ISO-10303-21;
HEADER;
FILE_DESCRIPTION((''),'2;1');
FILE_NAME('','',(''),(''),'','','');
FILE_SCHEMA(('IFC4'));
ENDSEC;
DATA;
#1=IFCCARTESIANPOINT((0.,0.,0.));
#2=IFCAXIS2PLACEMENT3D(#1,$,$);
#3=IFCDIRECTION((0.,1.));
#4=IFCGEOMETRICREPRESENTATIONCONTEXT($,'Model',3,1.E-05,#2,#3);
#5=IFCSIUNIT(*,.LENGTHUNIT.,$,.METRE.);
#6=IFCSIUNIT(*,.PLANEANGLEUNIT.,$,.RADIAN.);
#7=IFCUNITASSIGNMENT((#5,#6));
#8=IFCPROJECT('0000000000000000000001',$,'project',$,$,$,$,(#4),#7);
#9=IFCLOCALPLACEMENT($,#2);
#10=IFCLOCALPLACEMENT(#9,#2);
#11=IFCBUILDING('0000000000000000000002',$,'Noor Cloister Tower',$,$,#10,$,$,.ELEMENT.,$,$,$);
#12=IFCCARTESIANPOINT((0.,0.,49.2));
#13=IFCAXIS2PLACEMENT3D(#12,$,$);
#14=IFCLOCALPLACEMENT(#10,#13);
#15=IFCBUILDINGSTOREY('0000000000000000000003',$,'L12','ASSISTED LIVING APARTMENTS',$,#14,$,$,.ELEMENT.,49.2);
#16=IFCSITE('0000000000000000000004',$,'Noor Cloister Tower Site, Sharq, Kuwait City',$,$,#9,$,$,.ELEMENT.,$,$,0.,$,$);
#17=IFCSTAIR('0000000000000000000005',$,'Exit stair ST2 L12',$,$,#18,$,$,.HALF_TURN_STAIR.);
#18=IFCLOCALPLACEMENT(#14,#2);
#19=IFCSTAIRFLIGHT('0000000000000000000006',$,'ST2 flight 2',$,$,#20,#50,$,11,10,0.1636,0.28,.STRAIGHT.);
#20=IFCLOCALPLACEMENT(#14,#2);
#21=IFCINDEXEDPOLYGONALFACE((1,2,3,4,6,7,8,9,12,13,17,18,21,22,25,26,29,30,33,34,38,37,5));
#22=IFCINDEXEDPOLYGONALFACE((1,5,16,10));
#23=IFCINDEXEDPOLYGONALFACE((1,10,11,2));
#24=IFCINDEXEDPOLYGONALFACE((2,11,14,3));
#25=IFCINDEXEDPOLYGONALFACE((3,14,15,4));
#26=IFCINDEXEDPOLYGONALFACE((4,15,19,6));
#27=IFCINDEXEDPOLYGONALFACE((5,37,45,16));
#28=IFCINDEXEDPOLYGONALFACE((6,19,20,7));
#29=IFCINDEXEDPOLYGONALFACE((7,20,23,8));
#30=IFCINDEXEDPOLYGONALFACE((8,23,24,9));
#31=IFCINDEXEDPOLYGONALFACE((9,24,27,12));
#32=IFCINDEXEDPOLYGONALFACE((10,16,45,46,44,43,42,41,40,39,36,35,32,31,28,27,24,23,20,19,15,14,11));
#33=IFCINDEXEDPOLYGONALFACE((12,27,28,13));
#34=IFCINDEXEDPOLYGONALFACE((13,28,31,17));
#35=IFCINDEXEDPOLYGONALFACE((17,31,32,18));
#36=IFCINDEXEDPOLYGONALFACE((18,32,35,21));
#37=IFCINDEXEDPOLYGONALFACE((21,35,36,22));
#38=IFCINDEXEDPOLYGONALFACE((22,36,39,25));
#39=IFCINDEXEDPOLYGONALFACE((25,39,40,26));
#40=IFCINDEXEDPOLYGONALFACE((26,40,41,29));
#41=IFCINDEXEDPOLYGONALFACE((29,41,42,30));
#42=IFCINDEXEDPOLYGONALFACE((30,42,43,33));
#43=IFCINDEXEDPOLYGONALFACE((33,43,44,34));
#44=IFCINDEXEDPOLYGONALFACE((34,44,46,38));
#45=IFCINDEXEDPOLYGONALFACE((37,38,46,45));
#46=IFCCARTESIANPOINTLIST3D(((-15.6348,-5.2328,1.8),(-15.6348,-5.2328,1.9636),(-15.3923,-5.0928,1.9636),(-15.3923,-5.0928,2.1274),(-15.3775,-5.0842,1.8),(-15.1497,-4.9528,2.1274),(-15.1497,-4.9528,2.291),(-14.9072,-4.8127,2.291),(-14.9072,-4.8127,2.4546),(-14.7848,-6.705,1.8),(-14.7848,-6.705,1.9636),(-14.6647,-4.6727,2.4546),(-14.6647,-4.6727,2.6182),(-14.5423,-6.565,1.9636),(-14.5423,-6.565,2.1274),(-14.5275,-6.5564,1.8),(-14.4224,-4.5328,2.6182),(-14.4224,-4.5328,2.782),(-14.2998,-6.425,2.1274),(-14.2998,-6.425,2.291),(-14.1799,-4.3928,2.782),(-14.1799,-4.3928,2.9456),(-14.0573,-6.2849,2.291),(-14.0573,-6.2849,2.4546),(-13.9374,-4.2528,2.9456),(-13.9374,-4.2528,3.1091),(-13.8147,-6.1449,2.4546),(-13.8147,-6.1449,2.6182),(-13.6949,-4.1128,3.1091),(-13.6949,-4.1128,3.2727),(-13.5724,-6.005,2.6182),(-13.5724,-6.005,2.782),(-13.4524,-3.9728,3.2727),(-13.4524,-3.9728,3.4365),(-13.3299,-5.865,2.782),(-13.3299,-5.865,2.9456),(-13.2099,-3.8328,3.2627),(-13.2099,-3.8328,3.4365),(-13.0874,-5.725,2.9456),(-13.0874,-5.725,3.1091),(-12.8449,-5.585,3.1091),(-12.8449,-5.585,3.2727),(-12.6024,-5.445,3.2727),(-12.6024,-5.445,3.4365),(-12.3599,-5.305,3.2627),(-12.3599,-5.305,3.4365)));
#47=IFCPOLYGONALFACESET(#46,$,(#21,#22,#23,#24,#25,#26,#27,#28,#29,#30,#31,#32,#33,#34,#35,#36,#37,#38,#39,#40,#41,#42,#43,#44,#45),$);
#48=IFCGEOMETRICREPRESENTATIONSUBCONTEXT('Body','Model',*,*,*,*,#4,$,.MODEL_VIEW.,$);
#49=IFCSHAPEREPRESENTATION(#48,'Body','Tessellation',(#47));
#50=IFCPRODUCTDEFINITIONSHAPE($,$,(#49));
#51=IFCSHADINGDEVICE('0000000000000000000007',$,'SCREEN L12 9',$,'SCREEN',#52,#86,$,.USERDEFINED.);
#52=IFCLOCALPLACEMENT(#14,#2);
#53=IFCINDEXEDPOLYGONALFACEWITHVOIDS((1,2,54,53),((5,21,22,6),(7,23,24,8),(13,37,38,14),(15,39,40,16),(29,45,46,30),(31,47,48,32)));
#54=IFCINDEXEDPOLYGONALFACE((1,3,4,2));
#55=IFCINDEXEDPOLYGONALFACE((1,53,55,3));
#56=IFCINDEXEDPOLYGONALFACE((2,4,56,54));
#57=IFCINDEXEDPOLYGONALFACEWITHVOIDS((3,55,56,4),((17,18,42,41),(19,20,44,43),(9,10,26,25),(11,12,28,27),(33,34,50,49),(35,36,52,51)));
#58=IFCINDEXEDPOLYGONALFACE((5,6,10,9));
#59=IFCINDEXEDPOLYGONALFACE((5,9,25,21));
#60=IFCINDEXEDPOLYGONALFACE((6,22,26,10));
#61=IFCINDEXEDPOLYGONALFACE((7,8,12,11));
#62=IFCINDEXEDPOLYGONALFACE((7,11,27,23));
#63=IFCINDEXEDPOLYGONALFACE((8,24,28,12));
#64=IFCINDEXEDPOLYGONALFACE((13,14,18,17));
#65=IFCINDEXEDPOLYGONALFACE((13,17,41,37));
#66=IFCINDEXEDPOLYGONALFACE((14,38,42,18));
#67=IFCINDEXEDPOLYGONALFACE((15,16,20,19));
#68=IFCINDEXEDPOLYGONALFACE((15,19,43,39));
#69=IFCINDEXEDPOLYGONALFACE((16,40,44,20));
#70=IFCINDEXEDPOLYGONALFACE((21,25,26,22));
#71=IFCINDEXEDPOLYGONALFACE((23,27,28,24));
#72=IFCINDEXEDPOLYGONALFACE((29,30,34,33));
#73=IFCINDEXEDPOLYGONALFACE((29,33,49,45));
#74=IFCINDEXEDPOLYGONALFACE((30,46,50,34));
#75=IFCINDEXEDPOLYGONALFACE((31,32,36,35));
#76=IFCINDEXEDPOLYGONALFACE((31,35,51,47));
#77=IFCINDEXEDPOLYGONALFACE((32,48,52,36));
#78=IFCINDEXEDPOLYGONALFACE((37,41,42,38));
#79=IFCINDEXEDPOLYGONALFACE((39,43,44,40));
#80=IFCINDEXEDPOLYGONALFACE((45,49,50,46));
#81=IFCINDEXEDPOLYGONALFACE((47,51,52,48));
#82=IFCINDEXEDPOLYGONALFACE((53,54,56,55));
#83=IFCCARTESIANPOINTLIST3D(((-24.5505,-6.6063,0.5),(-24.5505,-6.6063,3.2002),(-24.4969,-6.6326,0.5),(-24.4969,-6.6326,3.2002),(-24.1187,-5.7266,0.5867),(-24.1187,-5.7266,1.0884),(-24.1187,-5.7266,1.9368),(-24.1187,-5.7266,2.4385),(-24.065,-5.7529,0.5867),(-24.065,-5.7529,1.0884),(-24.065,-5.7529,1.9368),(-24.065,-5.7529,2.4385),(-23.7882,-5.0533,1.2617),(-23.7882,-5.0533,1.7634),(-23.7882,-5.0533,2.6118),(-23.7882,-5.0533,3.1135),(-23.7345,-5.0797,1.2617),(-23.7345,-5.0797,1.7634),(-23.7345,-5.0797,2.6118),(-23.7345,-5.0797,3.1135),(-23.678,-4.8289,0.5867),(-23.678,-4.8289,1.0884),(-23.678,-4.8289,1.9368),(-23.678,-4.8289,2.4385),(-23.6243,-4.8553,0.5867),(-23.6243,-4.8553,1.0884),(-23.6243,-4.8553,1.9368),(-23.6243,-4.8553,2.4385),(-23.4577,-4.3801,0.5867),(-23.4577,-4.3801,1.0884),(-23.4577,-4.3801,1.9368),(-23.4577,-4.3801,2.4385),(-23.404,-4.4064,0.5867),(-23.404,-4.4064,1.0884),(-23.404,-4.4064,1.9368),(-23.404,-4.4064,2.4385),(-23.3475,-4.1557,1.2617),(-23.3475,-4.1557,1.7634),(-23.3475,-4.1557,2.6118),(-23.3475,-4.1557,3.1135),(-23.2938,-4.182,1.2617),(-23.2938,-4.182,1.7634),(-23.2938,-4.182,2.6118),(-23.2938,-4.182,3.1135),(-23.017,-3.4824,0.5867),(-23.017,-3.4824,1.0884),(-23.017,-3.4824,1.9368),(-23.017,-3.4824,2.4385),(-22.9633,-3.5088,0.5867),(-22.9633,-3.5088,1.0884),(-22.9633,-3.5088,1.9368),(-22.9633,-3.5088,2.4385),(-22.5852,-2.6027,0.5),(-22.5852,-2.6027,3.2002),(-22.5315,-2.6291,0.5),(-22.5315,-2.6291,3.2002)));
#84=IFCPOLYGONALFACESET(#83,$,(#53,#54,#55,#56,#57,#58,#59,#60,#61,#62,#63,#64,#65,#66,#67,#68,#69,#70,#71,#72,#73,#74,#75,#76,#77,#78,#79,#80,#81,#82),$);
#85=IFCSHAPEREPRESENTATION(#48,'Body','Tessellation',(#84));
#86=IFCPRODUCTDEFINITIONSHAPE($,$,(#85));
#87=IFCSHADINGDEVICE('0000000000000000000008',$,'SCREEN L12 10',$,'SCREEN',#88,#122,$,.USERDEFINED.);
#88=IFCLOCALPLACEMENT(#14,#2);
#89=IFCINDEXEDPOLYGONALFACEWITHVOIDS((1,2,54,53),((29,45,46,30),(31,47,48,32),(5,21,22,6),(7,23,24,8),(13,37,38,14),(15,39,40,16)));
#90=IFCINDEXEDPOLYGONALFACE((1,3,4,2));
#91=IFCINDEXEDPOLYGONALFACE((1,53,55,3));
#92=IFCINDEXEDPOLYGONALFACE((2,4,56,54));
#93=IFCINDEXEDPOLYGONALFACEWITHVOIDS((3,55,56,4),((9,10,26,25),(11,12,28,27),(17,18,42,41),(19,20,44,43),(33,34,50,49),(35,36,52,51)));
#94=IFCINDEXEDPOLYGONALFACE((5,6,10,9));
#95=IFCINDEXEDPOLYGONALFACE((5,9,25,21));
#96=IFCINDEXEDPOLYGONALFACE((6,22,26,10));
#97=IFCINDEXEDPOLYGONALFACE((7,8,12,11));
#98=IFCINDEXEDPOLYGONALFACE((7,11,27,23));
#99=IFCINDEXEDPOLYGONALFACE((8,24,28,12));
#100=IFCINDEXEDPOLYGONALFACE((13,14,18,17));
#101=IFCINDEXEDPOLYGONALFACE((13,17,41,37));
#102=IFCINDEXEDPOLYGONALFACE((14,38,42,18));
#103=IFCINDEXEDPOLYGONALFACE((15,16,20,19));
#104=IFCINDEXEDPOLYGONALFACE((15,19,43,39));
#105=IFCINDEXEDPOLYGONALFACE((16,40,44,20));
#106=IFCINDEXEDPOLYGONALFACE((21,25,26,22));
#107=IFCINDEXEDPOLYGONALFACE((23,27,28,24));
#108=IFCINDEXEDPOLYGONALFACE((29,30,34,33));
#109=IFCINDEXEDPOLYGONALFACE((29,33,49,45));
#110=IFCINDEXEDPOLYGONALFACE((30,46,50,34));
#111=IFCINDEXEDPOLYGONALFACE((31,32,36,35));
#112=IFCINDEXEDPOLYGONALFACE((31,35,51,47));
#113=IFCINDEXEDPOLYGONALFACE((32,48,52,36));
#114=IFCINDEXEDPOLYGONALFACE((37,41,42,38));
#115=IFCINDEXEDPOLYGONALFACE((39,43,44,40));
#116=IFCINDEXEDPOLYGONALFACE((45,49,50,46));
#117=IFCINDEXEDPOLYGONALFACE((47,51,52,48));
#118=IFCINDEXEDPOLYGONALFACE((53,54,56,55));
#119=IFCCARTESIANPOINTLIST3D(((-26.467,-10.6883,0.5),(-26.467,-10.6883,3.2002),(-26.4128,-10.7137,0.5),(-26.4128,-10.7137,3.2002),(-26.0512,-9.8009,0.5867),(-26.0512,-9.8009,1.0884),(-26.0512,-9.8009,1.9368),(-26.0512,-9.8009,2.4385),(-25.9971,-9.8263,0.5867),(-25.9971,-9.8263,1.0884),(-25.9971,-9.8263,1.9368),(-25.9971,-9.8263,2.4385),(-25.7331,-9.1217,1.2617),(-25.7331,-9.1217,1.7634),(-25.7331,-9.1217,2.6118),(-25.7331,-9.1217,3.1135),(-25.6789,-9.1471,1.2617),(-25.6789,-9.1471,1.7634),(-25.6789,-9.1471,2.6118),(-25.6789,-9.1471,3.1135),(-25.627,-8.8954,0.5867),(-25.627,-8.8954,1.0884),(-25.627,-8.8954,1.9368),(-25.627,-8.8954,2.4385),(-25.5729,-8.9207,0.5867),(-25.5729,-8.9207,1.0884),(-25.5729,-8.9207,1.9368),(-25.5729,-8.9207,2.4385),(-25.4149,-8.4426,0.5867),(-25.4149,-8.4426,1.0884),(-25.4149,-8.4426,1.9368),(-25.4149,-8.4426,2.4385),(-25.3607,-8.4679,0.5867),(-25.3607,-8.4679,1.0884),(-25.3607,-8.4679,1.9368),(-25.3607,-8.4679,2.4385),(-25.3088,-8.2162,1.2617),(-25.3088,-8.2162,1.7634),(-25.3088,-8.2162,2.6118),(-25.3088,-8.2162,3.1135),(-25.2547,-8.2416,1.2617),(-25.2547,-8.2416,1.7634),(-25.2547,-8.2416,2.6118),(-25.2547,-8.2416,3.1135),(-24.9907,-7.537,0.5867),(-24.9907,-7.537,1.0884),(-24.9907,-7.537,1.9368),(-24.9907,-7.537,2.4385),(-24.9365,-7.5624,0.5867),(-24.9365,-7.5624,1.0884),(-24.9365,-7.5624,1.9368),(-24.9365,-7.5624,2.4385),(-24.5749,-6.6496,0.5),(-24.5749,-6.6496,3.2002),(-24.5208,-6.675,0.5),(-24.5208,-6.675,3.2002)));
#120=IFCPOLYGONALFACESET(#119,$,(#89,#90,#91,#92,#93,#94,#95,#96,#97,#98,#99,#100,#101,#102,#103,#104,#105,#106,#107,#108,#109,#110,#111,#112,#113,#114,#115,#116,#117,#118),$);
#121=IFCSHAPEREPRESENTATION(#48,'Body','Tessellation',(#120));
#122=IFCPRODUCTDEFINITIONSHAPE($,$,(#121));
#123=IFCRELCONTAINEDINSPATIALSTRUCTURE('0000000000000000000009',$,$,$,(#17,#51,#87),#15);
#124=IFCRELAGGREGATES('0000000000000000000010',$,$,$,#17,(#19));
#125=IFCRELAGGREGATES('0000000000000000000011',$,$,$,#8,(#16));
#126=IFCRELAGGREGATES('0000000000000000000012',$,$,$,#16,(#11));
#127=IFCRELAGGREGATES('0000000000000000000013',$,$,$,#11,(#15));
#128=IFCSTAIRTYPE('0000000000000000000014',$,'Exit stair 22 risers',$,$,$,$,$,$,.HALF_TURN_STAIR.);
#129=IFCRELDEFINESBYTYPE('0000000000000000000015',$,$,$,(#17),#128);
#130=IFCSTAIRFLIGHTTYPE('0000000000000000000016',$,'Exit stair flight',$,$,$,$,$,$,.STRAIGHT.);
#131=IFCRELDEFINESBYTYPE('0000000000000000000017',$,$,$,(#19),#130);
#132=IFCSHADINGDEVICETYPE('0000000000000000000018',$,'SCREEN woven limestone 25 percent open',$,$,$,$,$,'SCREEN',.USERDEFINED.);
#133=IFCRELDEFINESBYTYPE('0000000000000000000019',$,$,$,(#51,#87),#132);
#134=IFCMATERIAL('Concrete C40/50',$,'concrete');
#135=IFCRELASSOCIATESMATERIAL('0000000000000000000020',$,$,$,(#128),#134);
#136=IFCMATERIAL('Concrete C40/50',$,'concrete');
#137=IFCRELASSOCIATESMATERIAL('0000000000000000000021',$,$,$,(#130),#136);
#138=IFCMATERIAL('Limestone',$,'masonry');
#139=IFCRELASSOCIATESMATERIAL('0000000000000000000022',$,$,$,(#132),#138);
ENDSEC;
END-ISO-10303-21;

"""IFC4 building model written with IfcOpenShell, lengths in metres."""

from ifc_helpers import new_model, si_unit, direction, frame, origin, place, context, subcontext, project, spatial, polyline, outline, extrude, material, material_profile, profile_set, type_object, element, aggregate, save


model = new_model("IFC4")

# Units and contexts
model_context = context("Model", 3, precision=1e-05, world=origin(), true_north=direction((0.0, 1.0)))
body_context = subcontext(model_context, "Body", "Model", "MODEL_VIEW")
ifc_project = project(units=[si_unit("LENGTHUNIT", "METRE"), si_unit("PLANEANGLEUNIT", "RADIAN")], contexts=[model_context])

# Site, building, storey
site_placement = place(None, origin())
site = spatial("IfcSite", under=ifc_project, at=site_placement, Name="Noor Cloister Tower Site, Sharq, Kuwait City", CompositionType="ELEMENT", RefElevation=0.0)
building_placement = place(site_placement, origin())
building = spatial("IfcBuilding", under=site, at=building_placement, Name="Noor Cloister Tower", CompositionType="ELEMENT")
storey_placement = place(building_placement, frame((0.0, 0.0, 49.2)))
storey = spatial("IfcBuildingStorey", under=building, at=storey_placement, Name="L12", Description="ASSISTED LIVING APARTMENTS", CompositionType="ELEMENT", Elevation=49.2)

# Stair, stair flight
ifc_material_1 = material(Name="Concrete C40/50", Category="concrete")
stair_type = type_object("IfcStairType", Name="Exit stair 22 risers", PredefinedType="HALF_TURN_STAIR", material=ifc_material_1)
stair_placement = place(storey_placement, origin())
stair = element("IfcStair", 1, at=stair_placement, inside=storey, type_object=stair_type, Name="Exit stair ST2 L12", PredefinedType="HALF_TURN_STAIR")
ifc_material_2 = material(Name="Concrete C40/50", Category="concrete")
stair_flight_type = type_object("IfcStairFlightType", Name="Exit stair flight", PredefinedType="STRAIGHT", material=ifc_material_2)
stair_flight_1_placement = place(storey_placement, frame((-15.2097, -5.969, 1.8), z_axis=(0.0, 0.0, 1.0), x_axis=(0.866025, 0.5, 0.0)))
stair_flight_1 = element("IfcStairFlight", 2, at=stair_flight_1_placement, type_object=stair_flight_type, Name="ST2 flight 2", NumberOfRisers=11, NumberOfTreads=10, PredefinedType="STRAIGHT", RiserHeight=0.1636, TreadLength=0.28, context=body_context, shape_type="SweptSolid", body=[
    extrude(outline(polyline([(0.0, 0.0), (0.0, 0.1636), (0.28, 0.1636), (0.28, 0.3274), (0.5601, 0.3274), (0.5601, 0.491), (0.8401, 0.491), (0.8401, 0.6545), (1.1201, 0.6545), (1.1201, 0.8181), (1.3999, 0.8181), (1.3999, 0.9819), (1.6799, 0.9819), (1.6799, 1.1455), (1.96, 1.1455), (1.96, 1.3091), (2.24, 1.3091), (2.24, 1.4727), (2.52, 1.4727), (2.52, 1.6365), (2.8, 1.6365), (2.8, 1.8), (2.8, 1.4626), (0.2971, 0.0), (0.0, 0.0)])), frame((0.0, 0.8501, 0.0), z_axis=(0.0, -1.0, 0.0), x_axis=(1.0, 0.0, 0.0)), (0.0, 0.0, 1.0), 1.7),
])
aggregate(stair, [stair_flight_1])

# Shading devices
ifc_material_3 = material(Name="Limestone", Category="masonry")
ifc_material_profile_1 = material_profile(ifc_material_3, outline(polyline([(-2.23, -1.3501), (2.23, -1.3501), (2.23, 1.3501), (-2.23, 1.3501), (-2.23, -1.3501)]), holes=[polyline([(-1.25, -1.2634), (-0.25, -1.2634), (-0.25, -0.7617), (-1.25, -0.7617), (-1.25, -1.2634)]), polyline([(0.25, -1.2634), (1.25, -1.2634), (1.25, -0.7617), (0.25, -0.7617), (0.25, -1.2634)]), polyline([(-0.5, -0.5884), (0.5, -0.5884), (0.5, -0.0867), (-0.5, -0.0867), (-0.5, -0.5884)]), polyline([(-1.25, 0.0867), (-0.25, 0.0867), (-0.25, 0.5884), (-1.25, 0.5884), (-1.25, 0.0867)]), polyline([(0.25, 0.0867), (1.25, 0.0867), (1.25, 0.5884), (0.25, 0.5884), (0.25, 0.0867)]), polyline([(-0.5, 0.7617), (0.5, 0.7617), (0.5, 1.2634), (-0.5, 1.2634), (-0.5, 0.7617)])]), Name="Woven screen 25 percent open")
ifc_profile_set_1 = profile_set([ifc_material_profile_1], Name="Limestone")
shading_device_type = type_object("IfcShadingDeviceType", Name="SCREEN woven limestone 25 percent open", ElementType="SCREEN", PredefinedType="USERDEFINED", material=ifc_profile_set_1)
for number, where, z_axis, x_axis, name in (
    (3, (-23.5142, -4.6309, 1.8501), (-0.897668, 0.440673, 0.0), (-0.440673, -0.897668, 0.0), "SCREEN L12 9"),
    (4, (-25.4668, -8.6943, 1.8501), (-0.905557, 0.424225, 0.0), (-0.424225, -0.905557, 0.0), "SCREEN L12 10"),
):
    element("IfcShadingDevice", number, at=place(storey_placement, frame(where, z_axis=z_axis, x_axis=x_axis)), inside=storey, type_object=shading_device_type, Name=name, ObjectType="SCREEN", PredefinedType="USERDEFINED", context=body_context, shape_type="SweptSolid", body=[
        extrude(outline(polyline([(-2.23, -1.3501), (2.23, -1.3501), (2.23, 1.3501), (-2.23, 1.3501), (-2.23, -1.3501)]), holes=[polyline([(-1.25, -1.2634), (-0.25, -1.2634), (-0.25, -0.7617), (-1.25, -0.7617), (-1.25, -1.2634)]), polyline([(0.25, -1.2634), (1.25, -1.2634), (1.25, -0.7617), (0.25, -0.7617), (0.25, -1.2634)]), polyline([(-0.5, -0.5884), (0.5, -0.5884), (0.5, -0.0867), (-0.5, -0.0867), (-0.5, -0.5884)]), polyline([(-1.25, 0.0867), (-0.25, 0.0867), (-0.25, 0.5884), (-1.25, 0.5884), (-1.25, 0.0867)]), polyline([(0.25, 0.0867), (1.25, 0.0867), (1.25, 0.5884), (0.25, 0.5884), (0.25, 0.0867)]), polyline([(-0.5, 0.7617), (0.5, 0.7617), (0.5, 1.2634), (-0.5, 1.2634), (-0.5, 0.7617)])]), origin(), (0.0, 0.0, 1.0), 0.0598),
    ])

save(model, "model.ifc")
